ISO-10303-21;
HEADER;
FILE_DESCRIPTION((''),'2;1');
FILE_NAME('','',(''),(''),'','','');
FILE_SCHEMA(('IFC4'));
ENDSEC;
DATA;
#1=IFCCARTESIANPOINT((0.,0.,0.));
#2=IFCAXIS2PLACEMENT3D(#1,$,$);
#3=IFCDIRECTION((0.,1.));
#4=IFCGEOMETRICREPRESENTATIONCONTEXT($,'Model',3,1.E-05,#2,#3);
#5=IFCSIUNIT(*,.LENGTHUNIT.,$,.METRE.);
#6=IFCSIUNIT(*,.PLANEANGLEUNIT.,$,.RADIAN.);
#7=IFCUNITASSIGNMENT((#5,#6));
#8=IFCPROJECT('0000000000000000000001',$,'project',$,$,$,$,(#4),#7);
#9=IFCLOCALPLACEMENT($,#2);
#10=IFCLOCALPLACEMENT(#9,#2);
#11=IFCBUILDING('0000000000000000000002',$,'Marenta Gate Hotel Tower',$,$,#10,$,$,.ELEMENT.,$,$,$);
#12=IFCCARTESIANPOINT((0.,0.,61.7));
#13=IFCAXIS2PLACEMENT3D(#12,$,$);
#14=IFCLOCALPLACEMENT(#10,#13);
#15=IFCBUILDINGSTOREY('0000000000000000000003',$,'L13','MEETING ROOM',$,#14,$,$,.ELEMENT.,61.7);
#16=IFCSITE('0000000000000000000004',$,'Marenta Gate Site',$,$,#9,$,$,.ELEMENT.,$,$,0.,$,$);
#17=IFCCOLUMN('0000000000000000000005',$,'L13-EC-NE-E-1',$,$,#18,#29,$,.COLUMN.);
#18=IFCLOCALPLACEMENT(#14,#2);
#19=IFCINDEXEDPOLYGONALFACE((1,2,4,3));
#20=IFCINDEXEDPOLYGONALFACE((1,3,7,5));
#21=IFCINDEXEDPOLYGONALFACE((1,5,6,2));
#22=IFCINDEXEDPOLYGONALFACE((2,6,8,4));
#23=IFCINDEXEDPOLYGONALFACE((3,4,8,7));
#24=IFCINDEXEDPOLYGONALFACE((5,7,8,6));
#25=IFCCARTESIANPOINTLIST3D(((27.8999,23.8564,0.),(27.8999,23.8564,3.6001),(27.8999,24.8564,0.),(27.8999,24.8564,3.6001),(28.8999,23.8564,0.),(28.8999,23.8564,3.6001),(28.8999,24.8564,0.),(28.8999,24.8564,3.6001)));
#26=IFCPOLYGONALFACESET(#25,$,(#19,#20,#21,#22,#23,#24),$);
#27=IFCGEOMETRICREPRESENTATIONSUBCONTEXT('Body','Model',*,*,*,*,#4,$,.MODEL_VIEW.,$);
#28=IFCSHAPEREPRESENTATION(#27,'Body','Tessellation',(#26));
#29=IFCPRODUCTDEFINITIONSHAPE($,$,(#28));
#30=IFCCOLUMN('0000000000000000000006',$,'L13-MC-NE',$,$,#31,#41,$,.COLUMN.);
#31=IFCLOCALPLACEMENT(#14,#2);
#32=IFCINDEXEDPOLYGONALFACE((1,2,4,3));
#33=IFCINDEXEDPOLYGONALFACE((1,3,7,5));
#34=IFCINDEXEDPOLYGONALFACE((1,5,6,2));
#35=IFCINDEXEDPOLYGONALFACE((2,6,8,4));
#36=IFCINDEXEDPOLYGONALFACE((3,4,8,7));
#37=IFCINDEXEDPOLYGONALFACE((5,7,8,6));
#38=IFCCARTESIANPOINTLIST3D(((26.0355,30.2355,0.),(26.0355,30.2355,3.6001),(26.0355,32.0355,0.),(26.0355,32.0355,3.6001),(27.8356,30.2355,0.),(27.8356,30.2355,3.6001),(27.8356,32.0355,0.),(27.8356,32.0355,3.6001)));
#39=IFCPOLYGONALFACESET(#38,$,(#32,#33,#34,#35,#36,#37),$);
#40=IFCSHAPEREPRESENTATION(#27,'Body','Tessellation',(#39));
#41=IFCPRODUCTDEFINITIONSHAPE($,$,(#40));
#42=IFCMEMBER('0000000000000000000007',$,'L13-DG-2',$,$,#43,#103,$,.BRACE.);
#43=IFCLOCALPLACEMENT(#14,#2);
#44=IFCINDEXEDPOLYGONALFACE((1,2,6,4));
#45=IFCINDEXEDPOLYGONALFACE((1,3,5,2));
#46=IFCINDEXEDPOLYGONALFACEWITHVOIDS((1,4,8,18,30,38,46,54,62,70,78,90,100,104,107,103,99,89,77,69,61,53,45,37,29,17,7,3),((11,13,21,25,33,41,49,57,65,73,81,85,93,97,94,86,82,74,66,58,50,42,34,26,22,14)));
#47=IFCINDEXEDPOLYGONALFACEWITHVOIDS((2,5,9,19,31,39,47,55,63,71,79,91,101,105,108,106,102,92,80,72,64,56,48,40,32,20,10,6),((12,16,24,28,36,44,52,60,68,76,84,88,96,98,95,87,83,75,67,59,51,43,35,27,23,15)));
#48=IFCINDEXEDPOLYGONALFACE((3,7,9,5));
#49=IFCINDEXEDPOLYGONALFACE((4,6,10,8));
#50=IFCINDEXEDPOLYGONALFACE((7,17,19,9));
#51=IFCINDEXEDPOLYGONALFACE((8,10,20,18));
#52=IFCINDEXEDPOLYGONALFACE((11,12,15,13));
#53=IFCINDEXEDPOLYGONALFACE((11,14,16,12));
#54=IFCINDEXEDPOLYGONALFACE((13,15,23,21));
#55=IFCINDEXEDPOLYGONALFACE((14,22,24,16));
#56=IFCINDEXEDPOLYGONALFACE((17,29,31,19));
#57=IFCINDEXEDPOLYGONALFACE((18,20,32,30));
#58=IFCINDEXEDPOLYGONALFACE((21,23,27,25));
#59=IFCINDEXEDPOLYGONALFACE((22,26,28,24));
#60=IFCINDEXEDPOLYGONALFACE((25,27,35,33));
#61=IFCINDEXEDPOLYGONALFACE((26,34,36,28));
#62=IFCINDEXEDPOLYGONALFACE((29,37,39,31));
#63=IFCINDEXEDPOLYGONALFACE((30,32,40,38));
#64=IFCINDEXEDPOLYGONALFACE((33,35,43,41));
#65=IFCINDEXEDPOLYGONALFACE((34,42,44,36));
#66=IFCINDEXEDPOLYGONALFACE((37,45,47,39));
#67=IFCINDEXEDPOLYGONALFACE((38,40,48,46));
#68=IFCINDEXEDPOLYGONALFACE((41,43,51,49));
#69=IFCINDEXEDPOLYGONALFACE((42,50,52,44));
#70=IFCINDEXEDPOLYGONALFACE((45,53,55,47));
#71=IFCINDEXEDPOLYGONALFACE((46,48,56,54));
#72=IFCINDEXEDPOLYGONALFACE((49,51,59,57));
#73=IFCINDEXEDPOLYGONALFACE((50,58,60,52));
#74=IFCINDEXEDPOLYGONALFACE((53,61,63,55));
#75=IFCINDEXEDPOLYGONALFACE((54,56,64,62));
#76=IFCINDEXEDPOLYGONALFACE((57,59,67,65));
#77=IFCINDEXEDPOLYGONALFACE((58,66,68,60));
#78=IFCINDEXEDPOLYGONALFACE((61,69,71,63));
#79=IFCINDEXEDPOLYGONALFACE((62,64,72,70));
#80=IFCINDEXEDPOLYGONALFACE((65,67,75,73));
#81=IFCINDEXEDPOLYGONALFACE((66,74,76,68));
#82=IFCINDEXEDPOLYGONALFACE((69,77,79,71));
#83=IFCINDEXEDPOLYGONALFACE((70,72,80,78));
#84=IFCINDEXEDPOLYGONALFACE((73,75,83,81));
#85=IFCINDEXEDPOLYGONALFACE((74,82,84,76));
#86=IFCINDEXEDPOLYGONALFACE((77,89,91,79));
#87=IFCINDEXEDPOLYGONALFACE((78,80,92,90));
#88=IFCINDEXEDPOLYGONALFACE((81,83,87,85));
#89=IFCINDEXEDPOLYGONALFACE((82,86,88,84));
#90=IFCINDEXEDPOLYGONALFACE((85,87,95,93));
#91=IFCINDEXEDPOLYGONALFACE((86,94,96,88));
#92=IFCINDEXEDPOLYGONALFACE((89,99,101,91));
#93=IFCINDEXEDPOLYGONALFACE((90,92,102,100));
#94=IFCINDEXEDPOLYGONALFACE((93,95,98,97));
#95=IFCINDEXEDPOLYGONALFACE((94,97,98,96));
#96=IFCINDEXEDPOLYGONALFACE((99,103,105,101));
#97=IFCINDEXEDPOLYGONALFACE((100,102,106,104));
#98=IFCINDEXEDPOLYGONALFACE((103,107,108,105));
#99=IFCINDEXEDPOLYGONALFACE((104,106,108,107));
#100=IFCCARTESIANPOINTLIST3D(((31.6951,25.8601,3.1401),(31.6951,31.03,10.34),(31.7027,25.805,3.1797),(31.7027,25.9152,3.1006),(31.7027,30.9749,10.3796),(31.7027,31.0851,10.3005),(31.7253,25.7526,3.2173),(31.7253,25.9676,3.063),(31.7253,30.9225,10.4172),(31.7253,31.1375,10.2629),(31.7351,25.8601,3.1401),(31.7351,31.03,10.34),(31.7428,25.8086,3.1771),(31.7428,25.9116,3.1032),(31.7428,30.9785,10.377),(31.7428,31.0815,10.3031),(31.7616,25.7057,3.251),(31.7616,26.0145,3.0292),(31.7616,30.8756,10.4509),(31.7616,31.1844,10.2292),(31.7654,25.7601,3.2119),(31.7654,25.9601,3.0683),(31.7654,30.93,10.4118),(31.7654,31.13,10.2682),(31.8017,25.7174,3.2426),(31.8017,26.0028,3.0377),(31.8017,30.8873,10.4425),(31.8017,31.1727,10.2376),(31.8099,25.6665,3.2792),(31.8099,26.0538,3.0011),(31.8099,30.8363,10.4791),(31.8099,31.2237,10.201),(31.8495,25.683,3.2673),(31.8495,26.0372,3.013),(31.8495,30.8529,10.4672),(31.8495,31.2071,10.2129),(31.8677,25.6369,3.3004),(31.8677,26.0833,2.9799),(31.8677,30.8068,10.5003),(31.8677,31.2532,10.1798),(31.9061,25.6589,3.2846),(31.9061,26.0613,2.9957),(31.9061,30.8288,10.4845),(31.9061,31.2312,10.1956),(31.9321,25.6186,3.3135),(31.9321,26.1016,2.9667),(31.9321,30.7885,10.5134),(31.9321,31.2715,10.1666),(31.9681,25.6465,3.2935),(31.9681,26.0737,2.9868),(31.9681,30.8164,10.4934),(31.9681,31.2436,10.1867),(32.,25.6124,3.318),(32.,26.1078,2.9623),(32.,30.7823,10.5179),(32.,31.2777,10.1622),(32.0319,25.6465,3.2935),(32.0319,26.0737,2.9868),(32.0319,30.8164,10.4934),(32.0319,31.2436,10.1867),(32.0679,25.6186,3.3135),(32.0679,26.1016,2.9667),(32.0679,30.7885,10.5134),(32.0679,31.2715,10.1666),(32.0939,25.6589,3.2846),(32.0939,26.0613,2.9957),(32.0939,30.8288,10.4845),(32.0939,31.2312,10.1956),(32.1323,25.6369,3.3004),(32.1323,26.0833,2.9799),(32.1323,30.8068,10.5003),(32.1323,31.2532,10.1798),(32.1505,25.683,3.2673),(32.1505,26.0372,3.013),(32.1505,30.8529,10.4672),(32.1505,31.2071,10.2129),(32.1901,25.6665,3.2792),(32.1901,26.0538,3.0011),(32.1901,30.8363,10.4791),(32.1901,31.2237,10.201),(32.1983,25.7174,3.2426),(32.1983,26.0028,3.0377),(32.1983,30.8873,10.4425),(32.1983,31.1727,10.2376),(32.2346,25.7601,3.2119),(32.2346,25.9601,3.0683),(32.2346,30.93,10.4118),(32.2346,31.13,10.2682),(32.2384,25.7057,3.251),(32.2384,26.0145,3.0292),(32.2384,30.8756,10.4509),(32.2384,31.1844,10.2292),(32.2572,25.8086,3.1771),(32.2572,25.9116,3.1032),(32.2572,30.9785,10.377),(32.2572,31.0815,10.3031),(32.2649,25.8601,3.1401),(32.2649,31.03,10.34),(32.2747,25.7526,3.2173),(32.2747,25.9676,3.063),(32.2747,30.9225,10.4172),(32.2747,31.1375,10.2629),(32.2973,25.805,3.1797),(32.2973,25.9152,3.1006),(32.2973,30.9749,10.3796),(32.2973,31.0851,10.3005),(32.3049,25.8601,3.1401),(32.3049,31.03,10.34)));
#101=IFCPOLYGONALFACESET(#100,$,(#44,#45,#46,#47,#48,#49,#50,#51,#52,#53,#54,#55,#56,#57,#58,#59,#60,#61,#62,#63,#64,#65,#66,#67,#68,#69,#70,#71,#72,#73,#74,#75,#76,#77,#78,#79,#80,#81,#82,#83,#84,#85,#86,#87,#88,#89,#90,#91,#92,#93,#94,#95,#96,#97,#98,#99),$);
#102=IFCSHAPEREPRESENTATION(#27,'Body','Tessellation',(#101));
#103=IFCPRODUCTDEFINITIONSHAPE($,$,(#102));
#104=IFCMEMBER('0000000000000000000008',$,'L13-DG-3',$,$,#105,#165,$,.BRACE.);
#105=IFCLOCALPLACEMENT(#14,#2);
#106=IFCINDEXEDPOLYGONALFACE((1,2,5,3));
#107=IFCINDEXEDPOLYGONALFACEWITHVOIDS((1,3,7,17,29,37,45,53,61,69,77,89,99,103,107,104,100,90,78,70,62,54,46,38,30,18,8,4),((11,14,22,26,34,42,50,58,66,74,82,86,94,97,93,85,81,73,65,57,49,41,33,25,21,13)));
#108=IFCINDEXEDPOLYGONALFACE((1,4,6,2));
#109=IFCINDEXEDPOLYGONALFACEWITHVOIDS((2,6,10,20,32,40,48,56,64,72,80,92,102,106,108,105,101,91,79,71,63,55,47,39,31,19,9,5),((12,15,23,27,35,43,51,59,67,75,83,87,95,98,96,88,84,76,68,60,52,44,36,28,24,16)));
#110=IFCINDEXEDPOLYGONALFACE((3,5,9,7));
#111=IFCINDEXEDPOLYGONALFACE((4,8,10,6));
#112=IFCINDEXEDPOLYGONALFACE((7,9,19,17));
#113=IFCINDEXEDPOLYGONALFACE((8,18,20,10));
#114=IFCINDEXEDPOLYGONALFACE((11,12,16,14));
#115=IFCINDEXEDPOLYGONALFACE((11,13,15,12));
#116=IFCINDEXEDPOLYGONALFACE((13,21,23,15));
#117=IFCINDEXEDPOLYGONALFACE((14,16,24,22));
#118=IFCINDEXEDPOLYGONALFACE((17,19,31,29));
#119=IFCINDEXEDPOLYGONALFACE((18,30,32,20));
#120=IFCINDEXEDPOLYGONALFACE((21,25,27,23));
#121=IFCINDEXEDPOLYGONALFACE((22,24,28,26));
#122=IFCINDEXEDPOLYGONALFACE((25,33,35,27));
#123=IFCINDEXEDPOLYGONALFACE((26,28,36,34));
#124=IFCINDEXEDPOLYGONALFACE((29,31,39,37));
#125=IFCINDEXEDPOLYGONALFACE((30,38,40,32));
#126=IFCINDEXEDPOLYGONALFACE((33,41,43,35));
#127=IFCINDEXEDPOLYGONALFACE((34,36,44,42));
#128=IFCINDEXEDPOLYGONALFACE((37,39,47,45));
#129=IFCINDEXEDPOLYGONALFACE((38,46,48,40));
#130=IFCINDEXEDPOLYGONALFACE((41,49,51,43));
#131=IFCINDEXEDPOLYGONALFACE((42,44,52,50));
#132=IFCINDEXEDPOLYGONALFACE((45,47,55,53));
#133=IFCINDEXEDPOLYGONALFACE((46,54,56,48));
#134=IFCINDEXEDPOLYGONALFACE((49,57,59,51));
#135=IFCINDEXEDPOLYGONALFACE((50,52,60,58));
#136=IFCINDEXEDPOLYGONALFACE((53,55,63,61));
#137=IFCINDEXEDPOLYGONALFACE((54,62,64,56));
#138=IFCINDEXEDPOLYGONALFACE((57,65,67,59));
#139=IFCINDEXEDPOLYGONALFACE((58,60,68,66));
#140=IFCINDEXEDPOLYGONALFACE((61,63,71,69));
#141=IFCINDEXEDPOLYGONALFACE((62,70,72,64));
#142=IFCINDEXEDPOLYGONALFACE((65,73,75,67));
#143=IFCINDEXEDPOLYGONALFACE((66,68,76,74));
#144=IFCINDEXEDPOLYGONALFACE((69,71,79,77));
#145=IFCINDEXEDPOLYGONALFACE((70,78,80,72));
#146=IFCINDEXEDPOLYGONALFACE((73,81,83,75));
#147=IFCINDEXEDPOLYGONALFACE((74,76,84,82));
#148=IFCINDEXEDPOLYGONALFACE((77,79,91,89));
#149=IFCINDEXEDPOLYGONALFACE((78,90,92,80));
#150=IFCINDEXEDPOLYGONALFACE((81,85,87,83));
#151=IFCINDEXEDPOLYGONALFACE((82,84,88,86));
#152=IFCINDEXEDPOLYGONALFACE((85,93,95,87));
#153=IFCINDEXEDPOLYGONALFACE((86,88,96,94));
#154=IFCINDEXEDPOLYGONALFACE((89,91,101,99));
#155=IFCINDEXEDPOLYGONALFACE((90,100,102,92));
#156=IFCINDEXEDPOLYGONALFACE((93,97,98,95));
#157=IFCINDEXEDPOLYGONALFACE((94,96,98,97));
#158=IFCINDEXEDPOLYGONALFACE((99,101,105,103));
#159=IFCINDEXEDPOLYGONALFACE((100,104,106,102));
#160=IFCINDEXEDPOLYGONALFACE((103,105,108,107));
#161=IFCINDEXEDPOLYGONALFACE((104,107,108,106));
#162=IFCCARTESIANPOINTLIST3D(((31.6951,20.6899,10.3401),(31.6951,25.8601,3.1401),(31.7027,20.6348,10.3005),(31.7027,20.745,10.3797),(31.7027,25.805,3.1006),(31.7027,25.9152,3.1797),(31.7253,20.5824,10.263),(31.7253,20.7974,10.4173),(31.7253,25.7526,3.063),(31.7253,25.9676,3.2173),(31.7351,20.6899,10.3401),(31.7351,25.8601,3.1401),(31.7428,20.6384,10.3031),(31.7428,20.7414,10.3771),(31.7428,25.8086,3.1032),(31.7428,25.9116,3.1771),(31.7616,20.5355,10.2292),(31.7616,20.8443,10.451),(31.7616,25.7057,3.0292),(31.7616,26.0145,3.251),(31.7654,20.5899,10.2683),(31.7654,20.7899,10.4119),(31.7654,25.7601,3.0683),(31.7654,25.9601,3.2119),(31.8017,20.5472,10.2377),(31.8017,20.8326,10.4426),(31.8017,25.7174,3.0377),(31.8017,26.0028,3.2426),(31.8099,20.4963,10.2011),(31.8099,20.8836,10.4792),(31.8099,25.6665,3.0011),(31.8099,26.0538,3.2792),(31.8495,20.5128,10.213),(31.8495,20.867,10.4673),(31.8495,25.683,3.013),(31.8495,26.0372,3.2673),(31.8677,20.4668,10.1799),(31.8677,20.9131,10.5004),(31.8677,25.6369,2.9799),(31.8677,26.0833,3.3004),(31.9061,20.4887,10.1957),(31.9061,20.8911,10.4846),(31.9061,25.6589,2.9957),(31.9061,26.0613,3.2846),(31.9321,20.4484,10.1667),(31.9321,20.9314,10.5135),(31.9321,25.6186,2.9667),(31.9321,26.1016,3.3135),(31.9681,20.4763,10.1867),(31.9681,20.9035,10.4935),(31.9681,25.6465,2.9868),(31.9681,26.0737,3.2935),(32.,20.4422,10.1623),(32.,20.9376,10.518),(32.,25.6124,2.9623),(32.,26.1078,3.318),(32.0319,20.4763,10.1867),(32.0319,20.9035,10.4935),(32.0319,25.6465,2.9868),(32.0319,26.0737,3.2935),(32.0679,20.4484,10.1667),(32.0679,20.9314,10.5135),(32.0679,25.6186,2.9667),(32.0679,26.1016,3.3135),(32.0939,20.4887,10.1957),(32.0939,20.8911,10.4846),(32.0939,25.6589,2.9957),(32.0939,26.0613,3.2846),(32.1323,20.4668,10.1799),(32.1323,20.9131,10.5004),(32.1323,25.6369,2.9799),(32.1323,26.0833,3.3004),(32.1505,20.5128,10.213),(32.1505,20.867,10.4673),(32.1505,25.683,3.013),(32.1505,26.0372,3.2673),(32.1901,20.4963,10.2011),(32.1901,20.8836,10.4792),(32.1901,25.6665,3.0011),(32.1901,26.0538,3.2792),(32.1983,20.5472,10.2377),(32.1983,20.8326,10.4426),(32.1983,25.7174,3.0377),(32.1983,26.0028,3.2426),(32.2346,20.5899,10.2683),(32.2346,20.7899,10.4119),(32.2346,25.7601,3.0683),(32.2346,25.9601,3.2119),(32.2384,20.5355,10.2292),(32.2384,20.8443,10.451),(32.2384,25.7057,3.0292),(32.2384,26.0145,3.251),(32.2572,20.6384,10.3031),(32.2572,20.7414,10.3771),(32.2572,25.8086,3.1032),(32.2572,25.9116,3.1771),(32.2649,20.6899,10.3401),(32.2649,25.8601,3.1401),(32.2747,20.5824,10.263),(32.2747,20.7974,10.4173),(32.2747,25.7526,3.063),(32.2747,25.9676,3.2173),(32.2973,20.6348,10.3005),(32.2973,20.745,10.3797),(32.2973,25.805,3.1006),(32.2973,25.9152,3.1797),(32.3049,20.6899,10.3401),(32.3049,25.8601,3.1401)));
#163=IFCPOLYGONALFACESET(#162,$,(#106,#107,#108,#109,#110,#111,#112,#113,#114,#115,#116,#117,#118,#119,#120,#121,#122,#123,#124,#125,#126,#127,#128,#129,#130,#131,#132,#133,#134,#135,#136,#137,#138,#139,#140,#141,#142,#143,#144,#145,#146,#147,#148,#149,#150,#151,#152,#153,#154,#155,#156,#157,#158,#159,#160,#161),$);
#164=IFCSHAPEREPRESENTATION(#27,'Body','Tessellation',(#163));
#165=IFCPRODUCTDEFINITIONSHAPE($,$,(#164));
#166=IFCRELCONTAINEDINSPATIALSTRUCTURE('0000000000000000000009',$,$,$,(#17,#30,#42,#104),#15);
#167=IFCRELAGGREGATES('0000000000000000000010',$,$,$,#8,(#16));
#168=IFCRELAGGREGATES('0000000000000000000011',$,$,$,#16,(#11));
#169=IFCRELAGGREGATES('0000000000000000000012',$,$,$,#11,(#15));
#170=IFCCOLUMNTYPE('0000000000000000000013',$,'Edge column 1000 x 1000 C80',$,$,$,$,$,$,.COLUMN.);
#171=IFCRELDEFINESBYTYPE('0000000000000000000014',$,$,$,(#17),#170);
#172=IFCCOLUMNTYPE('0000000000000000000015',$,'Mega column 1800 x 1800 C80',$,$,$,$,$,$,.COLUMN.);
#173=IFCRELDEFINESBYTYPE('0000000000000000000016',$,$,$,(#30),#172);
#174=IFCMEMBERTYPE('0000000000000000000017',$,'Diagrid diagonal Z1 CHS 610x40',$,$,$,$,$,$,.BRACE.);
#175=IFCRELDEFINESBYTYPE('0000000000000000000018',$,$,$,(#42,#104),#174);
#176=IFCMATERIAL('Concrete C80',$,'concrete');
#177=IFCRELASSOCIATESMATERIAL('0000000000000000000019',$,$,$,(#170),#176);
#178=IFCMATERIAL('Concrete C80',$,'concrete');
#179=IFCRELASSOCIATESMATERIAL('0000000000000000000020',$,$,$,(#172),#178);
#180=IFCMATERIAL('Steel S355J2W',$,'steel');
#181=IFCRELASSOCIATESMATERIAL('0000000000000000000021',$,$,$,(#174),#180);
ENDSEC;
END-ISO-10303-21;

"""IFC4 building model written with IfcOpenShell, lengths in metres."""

from ifc_helpers import new_model, si_unit, direction, frame, origin, origin_2d, place, context, subcontext, project, spatial, rectangle, hollow_circle, extrude, material, material_profile, profile_set, type_object, element, save


model = new_model("IFC4")

# Units and contexts
model_context = context("Model", 3, precision=1e-05, world=origin(), true_north=direction((0.0, 1.0)))
body_context = subcontext(model_context, "Body", "Model", "MODEL_VIEW")
ifc_project = project(units=[si_unit("LENGTHUNIT", "METRE"), si_unit("PLANEANGLEUNIT", "RADIAN")], contexts=[model_context])

# Site, building, storey
site_placement = place(None, origin())
site = spatial("IfcSite", under=ifc_project, at=site_placement, Name="Marenta Gate Site", CompositionType="ELEMENT", RefElevation=0.0)
building_placement = place(site_placement, origin())
building = spatial("IfcBuilding", under=site, at=building_placement, Name="Marenta Gate Hotel Tower", CompositionType="ELEMENT")
storey_placement = place(building_placement, frame((0.0, 0.0, 61.7)))
storey = spatial("IfcBuildingStorey", under=building, at=storey_placement, Name="L13", Description="MEETING ROOM", CompositionType="ELEMENT", Elevation=61.7)

# Columns
ifc_material_1 = material(Name="Concrete C80", Category="concrete")
ifc_material_profile_1 = material_profile(ifc_material_1, rectangle(XDim=1.0, YDim=1.0, at=origin_2d()), Name="1000 x 1000")
ifc_profile_set_1 = profile_set([ifc_material_profile_1], Name="Concrete C80")
column_type_1 = type_object("IfcColumnType", Name="Edge column 1000 x 1000 C80", PredefinedType="COLUMN", material=ifc_profile_set_1)
column_1_placement = place(storey_placement, frame((28.3999, 24.3564, 0.0), z_axis=(0.0, 0.0, 1.0), x_axis=(1.0, 0.0, 0.0)))
element("IfcColumn", 1, at=column_1_placement, inside=storey, type_object=column_type_1, Name="L13-EC-NE-E-1", PredefinedType="COLUMN", context=body_context, shape_type="SweptSolid", body=[
    extrude(rectangle(XDim=1.0, YDim=1.0, at=origin_2d()), origin(), (0.0, 0.0, 1.0), 3.6001),
])
ifc_material_2 = material(Name="Concrete C80", Category="concrete")
ifc_material_profile_2 = material_profile(ifc_material_2, rectangle(XDim=1.8, YDim=1.8, at=origin_2d()), Name="1800 x 1800")
ifc_profile_set_2 = profile_set([ifc_material_profile_2], Name="Concrete C80")
column_type_2 = type_object("IfcColumnType", Name="Mega column 1800 x 1800 C80", PredefinedType="COLUMN", material=ifc_profile_set_2)
column_2_placement = place(storey_placement, frame((26.9355, 31.1355, 0.0), z_axis=(0.0, 0.0, 1.0), x_axis=(1.0, 0.0, 0.0)))
element("IfcColumn", 2, at=column_2_placement, inside=storey, type_object=column_type_2, Name="L13-MC-NE", PredefinedType="COLUMN", context=body_context, shape_type="SweptSolid", body=[
    extrude(rectangle(XDim=1.8, YDim=1.8, at=origin_2d()), origin(), (0.0, 0.0, 1.0), 3.6001),
])

# Members
ifc_material_3 = material(Name="Steel S355J2W", Category="steel")
ifc_material_profile_3 = material_profile(ifc_material_3, hollow_circle(Radius=0.3049, WallThickness=0.04, at=origin_2d()), Name="CHS 610x40")
ifc_profile_set_3 = profile_set([ifc_material_profile_3], Name="Steel S355J2W")
member_type_1 = type_object("IfcMemberType", Name="Diagrid diagonal Z1 CHS 610x40", PredefinedType="BRACE", material=ifc_profile_set_3)
member_1_placement = place(storey_placement, frame((32.0, 25.8601, 3.1401), z_axis=(0.0, 0.583261, 0.812285), x_axis=(-1.0, 0.0, 0.0)))
element("IfcMember", 3, at=member_1_placement, inside=storey, type_object=member_type_1, Name="L13-DG-2", PredefinedType="BRACE", context=body_context, shape_type="SweptSolid", body=[
    extrude(hollow_circle(Radius=0.3049, WallThickness=0.04, at=origin_2d()), origin(), (0.0, 0.0, 1.0), 8.8638),
])
member_2_placement = place(storey_placement, frame((32.0, 25.8601, 3.1401), z_axis=(0.0, -0.583279, 0.812272), x_axis=(1.0, 0.0, 0.0)))
element("IfcMember", 4, at=member_2_placement, inside=storey, type_object=member_type_1, Name="L13-DG-3", PredefinedType="BRACE", context=body_context, shape_type="SweptSolid", body=[
    extrude(hollow_circle(Radius=0.3049, WallThickness=0.04, at=origin_2d()), origin(), (0.0, 0.0, 1.0), 8.864),
])

save(model, "model.ifc")
